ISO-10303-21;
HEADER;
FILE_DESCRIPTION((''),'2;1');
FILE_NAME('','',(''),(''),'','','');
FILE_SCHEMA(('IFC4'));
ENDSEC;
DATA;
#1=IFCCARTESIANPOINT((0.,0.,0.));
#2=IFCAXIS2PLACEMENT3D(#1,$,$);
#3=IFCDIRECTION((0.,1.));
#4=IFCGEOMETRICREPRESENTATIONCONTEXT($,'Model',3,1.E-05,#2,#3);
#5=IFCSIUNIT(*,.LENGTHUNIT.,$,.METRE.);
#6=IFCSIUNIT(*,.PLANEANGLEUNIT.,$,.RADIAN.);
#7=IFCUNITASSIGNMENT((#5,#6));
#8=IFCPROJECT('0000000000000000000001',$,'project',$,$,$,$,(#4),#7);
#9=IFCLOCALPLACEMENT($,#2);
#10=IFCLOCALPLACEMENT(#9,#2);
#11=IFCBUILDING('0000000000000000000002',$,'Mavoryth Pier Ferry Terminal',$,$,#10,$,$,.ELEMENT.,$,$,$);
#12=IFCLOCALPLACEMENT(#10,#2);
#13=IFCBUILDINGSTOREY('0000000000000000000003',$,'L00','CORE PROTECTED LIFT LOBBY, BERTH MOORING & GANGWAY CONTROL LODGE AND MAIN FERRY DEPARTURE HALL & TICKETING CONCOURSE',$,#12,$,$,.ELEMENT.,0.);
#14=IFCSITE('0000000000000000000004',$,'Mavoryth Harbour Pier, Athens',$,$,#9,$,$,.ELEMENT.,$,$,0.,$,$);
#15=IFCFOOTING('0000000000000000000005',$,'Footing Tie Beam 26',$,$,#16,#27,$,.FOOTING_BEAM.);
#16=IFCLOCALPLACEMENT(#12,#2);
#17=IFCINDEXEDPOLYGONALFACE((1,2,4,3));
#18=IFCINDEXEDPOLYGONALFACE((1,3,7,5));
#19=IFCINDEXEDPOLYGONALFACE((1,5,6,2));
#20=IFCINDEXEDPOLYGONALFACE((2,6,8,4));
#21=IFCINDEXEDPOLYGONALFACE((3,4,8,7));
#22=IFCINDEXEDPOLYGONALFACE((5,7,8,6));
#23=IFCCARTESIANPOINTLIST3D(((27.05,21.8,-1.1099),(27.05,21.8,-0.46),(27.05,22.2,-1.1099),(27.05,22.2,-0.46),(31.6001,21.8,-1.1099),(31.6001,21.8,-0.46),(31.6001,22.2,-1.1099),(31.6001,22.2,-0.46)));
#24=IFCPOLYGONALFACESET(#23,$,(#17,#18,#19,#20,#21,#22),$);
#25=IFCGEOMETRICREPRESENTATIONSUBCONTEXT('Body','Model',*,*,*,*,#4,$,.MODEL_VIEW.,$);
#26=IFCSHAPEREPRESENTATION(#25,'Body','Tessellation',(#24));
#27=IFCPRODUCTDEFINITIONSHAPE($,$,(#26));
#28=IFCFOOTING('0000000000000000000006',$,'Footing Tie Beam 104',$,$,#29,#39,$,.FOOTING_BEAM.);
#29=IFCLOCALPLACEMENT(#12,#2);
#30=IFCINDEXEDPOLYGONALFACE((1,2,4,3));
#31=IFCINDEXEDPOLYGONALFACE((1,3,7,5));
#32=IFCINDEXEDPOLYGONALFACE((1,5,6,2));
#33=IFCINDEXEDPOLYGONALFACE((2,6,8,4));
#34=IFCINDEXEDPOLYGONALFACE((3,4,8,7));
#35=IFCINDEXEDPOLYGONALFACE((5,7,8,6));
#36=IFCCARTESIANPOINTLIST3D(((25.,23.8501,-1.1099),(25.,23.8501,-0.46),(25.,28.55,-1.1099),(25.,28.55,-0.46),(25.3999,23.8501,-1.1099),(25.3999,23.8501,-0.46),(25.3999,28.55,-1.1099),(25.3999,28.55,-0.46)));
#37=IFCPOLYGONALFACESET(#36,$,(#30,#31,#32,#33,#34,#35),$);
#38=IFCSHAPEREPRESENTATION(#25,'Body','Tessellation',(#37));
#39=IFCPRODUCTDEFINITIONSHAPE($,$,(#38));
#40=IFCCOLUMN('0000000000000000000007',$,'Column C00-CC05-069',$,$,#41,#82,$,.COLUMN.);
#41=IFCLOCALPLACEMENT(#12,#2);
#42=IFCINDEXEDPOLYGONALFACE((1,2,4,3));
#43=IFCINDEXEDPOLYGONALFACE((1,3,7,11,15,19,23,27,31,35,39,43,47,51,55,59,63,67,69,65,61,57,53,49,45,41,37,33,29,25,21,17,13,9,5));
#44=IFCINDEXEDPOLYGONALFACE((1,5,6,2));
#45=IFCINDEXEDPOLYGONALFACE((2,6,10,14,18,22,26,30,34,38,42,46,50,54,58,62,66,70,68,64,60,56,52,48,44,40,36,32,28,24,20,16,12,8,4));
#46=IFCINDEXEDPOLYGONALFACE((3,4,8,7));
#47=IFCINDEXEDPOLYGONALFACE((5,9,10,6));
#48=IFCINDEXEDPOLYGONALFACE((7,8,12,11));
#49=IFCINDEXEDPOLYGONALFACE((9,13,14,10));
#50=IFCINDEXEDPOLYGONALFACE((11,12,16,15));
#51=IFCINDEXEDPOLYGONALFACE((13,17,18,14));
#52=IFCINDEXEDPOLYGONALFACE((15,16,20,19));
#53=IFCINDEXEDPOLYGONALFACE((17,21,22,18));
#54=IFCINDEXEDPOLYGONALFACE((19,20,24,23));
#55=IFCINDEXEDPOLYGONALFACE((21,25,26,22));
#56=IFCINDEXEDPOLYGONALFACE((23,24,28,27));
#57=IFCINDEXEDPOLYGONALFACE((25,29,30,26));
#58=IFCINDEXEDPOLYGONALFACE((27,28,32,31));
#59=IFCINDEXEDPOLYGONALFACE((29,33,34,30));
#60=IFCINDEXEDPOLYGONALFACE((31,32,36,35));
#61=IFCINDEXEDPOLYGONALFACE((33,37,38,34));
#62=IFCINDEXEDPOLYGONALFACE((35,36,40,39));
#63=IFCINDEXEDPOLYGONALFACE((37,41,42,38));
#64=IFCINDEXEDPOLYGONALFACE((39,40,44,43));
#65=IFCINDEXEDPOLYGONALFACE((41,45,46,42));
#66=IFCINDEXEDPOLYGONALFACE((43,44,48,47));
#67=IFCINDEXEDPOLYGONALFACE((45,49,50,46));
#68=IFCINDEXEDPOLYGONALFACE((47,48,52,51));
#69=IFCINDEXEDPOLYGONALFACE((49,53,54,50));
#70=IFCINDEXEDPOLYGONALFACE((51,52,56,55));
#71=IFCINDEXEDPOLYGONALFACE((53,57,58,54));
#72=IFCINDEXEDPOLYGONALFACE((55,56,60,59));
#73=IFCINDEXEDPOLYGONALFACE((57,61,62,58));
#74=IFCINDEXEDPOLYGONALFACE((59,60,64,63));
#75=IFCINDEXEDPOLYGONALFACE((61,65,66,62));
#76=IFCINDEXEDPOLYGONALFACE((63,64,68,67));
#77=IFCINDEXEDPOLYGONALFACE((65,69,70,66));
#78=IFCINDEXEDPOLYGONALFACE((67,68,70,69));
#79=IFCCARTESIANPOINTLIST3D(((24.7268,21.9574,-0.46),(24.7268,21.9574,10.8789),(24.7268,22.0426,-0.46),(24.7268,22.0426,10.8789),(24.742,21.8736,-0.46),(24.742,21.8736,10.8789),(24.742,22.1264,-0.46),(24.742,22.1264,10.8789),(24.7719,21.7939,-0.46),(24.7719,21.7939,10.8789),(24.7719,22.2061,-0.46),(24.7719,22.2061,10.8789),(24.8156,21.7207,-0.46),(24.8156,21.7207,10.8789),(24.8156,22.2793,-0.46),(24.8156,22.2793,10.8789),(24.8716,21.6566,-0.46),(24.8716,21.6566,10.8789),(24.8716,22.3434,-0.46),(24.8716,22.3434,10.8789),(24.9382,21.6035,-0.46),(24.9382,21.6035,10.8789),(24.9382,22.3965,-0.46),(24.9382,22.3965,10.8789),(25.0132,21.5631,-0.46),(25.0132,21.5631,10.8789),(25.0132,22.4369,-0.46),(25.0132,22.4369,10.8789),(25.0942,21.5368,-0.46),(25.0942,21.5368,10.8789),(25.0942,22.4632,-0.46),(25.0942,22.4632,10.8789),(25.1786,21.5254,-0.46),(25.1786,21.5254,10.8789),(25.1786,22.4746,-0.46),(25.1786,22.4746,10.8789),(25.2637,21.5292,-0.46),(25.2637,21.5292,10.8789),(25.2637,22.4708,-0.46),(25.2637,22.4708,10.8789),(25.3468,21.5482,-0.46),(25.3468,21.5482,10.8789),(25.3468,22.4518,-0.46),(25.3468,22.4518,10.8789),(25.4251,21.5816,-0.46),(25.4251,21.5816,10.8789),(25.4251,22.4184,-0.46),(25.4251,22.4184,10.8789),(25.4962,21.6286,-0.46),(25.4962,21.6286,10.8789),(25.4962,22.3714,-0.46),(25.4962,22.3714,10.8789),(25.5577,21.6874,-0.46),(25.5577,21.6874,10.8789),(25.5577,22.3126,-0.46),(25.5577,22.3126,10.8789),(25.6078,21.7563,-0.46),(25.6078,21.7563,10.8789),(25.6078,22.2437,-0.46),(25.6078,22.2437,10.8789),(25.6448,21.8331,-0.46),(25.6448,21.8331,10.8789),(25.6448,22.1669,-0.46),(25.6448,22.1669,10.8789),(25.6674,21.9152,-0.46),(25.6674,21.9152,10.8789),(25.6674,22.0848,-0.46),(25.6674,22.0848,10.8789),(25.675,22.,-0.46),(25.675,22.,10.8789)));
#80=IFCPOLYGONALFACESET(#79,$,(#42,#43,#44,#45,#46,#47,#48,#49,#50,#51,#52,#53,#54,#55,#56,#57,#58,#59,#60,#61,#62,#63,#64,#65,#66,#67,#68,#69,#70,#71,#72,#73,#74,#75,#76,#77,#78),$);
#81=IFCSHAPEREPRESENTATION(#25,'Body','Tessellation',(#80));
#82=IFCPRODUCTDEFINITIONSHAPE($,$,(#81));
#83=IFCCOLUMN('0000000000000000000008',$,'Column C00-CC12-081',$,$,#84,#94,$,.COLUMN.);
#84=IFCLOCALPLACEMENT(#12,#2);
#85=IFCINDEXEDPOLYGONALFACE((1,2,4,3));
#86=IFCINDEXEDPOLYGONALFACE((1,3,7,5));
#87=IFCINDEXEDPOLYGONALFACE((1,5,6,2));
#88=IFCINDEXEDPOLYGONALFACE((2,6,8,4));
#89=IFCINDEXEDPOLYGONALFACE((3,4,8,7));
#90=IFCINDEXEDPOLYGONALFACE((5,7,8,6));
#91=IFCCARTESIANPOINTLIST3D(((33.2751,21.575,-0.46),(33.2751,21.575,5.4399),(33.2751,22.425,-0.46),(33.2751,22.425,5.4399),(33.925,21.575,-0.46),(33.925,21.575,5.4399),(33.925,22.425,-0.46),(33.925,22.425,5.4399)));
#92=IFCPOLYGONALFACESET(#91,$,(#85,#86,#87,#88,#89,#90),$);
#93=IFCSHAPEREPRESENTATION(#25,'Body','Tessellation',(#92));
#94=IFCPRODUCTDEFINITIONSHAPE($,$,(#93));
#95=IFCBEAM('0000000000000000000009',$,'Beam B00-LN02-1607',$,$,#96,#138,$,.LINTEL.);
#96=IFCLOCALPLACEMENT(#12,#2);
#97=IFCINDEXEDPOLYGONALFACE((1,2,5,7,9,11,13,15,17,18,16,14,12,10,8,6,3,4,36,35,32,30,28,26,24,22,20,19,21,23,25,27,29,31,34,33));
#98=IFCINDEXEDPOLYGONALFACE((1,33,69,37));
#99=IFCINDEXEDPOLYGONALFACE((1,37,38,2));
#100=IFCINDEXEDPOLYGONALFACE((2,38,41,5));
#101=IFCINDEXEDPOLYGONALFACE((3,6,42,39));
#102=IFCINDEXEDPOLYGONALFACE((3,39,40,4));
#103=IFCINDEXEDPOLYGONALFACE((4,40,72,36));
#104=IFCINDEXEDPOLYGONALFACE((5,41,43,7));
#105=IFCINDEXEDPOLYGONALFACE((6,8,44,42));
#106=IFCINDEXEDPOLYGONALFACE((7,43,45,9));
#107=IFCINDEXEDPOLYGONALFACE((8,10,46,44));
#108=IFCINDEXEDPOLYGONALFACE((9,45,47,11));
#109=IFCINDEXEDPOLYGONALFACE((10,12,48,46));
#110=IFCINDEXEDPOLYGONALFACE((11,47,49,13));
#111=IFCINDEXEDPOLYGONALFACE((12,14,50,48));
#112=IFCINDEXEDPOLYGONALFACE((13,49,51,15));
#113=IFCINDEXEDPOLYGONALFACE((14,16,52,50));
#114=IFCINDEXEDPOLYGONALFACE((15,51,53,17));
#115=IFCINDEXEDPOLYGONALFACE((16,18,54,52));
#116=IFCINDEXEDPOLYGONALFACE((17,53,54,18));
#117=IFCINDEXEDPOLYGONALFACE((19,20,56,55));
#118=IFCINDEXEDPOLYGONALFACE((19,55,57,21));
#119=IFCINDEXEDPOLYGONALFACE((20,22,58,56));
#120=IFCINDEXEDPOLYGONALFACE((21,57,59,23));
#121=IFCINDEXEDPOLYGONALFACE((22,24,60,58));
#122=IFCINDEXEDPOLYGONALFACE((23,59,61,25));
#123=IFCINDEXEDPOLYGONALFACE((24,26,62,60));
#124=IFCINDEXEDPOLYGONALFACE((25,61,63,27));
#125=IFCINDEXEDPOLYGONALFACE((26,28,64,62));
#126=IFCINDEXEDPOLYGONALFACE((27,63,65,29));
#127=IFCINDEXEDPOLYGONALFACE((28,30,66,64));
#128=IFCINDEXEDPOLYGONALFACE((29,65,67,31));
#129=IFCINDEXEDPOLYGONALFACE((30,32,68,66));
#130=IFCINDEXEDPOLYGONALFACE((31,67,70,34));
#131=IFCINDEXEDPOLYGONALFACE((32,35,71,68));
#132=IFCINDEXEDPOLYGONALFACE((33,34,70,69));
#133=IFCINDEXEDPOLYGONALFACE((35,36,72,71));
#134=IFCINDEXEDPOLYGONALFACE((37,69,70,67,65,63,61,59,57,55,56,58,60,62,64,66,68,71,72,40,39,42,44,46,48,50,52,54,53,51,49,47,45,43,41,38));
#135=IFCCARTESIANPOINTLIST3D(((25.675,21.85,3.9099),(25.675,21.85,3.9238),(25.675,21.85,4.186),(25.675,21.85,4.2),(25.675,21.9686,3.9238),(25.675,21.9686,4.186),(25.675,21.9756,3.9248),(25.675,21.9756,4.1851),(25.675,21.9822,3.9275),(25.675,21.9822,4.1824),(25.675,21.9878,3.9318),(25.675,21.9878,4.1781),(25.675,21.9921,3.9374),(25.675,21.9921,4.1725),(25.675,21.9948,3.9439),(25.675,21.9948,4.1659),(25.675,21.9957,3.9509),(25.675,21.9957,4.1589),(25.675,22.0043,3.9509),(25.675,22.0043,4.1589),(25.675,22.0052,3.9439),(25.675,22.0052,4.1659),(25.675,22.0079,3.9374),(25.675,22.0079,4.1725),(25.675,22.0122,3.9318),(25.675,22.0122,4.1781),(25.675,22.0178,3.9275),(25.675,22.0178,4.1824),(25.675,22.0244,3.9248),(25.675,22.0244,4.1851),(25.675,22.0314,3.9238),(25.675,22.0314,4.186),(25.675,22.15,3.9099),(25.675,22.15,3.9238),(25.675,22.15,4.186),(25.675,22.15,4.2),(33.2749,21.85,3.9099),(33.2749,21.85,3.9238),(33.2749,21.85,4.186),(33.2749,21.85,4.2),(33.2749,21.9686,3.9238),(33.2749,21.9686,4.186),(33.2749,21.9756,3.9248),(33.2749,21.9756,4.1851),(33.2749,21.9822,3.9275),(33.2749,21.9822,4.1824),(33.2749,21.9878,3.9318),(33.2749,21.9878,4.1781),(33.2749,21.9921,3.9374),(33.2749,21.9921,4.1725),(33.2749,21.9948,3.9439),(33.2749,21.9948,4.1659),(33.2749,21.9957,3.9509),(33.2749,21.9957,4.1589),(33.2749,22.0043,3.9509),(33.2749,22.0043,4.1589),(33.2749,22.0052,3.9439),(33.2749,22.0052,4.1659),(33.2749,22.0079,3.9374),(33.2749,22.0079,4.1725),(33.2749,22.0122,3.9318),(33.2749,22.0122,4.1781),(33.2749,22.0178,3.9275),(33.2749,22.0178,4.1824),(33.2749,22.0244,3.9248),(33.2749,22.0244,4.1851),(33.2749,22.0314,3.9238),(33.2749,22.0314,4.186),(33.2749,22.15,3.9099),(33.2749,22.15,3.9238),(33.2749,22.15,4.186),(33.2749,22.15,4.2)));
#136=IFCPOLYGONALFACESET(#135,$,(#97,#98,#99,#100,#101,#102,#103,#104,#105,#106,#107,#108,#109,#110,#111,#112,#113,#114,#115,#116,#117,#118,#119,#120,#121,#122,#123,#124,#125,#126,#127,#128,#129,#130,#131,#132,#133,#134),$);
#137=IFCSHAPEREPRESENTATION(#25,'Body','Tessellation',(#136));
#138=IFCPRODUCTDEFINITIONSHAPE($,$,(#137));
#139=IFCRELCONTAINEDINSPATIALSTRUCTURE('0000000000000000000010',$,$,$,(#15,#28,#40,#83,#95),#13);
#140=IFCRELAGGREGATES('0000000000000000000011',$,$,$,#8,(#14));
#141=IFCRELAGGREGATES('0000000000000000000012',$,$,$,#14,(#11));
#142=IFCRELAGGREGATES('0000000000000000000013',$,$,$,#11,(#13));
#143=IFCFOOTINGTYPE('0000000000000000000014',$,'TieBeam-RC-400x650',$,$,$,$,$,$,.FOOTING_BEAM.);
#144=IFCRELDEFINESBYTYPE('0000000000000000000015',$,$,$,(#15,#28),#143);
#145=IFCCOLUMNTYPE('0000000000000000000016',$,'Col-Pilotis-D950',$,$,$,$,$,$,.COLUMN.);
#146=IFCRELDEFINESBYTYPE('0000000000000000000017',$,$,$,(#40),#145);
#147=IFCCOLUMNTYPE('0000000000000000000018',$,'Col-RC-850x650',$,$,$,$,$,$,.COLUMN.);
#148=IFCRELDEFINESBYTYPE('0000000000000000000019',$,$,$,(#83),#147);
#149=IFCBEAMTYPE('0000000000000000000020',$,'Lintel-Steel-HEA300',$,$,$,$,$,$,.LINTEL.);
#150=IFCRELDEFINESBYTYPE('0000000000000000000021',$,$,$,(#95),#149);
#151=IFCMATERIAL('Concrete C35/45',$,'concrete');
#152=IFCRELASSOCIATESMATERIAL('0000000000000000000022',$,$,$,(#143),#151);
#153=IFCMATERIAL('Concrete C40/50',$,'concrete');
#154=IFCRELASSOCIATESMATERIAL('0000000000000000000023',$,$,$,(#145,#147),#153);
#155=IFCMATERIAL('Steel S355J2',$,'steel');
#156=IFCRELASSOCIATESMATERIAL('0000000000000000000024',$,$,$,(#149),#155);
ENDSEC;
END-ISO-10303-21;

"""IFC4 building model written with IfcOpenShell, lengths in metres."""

from ifc_helpers import new_model, si_unit, direction, frame, origin, origin_2d, place, context, subcontext, project, spatial, rectangle, circle, i_section, extrude, material, material_profile, profile_set, type_object, element, save


model = new_model("IFC4")

# Units and contexts
model_context = context("Model", 3, precision=1e-05, world=origin(), true_north=direction((0.0, 1.0)))
body_context = subcontext(model_context, "Body", "Model", "MODEL_VIEW")
ifc_project = project(units=[si_unit("LENGTHUNIT", "METRE"), si_unit("PLANEANGLEUNIT", "RADIAN")], contexts=[model_context])

# Site, building, storey
site_placement = place(None, origin())
site = spatial("IfcSite", under=ifc_project, at=site_placement, Name="Mavoryth Harbour Pier, Athens", CompositionType="ELEMENT", RefElevation=0.0)
building_placement = place(site_placement, origin())
building = spatial("IfcBuilding", under=site, at=building_placement, Name="Mavoryth Pier Ferry Terminal", CompositionType="ELEMENT")
storey_placement = place(building_placement, origin())
storey = spatial("IfcBuildingStorey", under=building, at=storey_placement, Name="L00", Description="CORE PROTECTED LIFT LOBBY, BERTH MOORING & GANGWAY CONTROL LODGE AND MAIN FERRY DEPARTURE HALL & TICKETING CONCOURSE", CompositionType="ELEMENT", Elevation=0.0)

# Shared definitions
ifc_material_1 = material(Name="Concrete C35/45", Category="concrete")

# Footings
ifc_material_profile_1 = material_profile(ifc_material_1, rectangle(XDim=0.3999, YDim=0.6499, at=origin_2d()), Name="RC 400x650", Category="concrete")
ifc_profile_set_1 = profile_set([ifc_material_profile_1], Name="Concrete C35/45 - RC 400x650")
footing_type_1 = type_object("IfcFootingType", Name="TieBeam-RC-400x650", PredefinedType="FOOTING_BEAM", material=ifc_profile_set_1)
footing_1_placement = place(storey_placement, frame((27.05, 22.0, -0.7849), z_axis=(1.0, 0.0, 0.0), x_axis=(0.0, 1.0, 0.0)))
element("IfcFooting", 1, at=footing_1_placement, inside=storey, type_object=footing_type_1, Name="Footing Tie Beam 26", PredefinedType="FOOTING_BEAM", context=body_context, shape_type="SweptSolid", body=[
    extrude(rectangle(XDim=0.3999, YDim=0.6499, at=origin_2d()), origin(), (0.0, 0.0, 1.0), 4.55),
])
footing_2_placement = place(storey_placement, frame((25.2, 23.8501, -0.7849), z_axis=(0.0, 1.0, 0.0), x_axis=(-1.0, 0.0, 0.0)))
element("IfcFooting", 2, at=footing_2_placement, inside=storey, type_object=footing_type_1, Name="Footing Tie Beam 104", PredefinedType="FOOTING_BEAM", context=body_context, shape_type="SweptSolid", body=[
    extrude(rectangle(XDim=0.3999, YDim=0.6499, at=origin_2d()), origin(), (0.0, 0.0, 1.0), 4.7),
])

# Columns
ifc_material_2 = material(Name="Concrete C40/50", Category="concrete")
ifc_material_profile_2 = material_profile(ifc_material_2, circle(Radius=0.4751, at=origin_2d()), Name="RC D950", Category="concrete")
ifc_profile_set_2 = profile_set([ifc_material_profile_2], Name="Concrete C40/50 - RC D950")
column_type_1 = type_object("IfcColumnType", Name="Col-Pilotis-D950", PredefinedType="COLUMN", material=ifc_profile_set_2)
column_1_placement = place(storey_placement, frame((25.2, 22.0, -0.46), z_axis=(0.0, 0.0, 1.0), x_axis=(1.0, 0.0, 0.0)))
element("IfcColumn", 3, at=column_1_placement, inside=storey, type_object=column_type_1, Name="Column C00-CC05-069", PredefinedType="COLUMN", context=body_context, shape_type="SweptSolid", body=[
    extrude(circle(Radius=0.4751, at=origin_2d()), origin(), (0.0, 0.0, 1.0), 11.3389),
])
ifc_material_profile_3 = material_profile(ifc_material_2, rectangle(XDim=0.6499, YDim=0.8501, at=origin_2d()), Name="RC 850x650", Category="concrete")
ifc_profile_set_3 = profile_set([ifc_material_profile_3], Name="Concrete C40/50 - RC 850x650")
column_type_2 = type_object("IfcColumnType", Name="Col-RC-850x650", PredefinedType="COLUMN", material=ifc_profile_set_3)
column_2_placement = place(storey_placement, frame((33.6001, 22.0, -0.46), z_axis=(0.0, 0.0, 1.0), x_axis=(1.0, 0.0, 0.0)))
element("IfcColumn", 4, at=column_2_placement, inside=storey, type_object=column_type_2, Name="Column C00-CC12-081", PredefinedType="COLUMN", context=body_context, shape_type="SweptSolid", body=[
    extrude(rectangle(XDim=0.6499, YDim=0.8501, at=origin_2d()), origin(), (0.0, 0.0, 1.0), 5.8999),
])

# Beam
ifc_material_3 = material(Name="Steel S355J2", Category="steel")
ifc_material_profile_4 = material_profile(ifc_material_3, i_section(OverallWidth=0.3, OverallDepth=0.29, WebThickness=0.0085, FlangeThickness=0.0139, FilletRadius=0.0271, at=origin_2d()), Name="HEA 300", Category="steel")
ifc_profile_set_4 = profile_set([ifc_material_profile_4], Name="Steel S355J2 - HEA 300")
beam_type = type_object("IfcBeamType", Name="Lintel-Steel-HEA300", PredefinedType="LINTEL", material=ifc_profile_set_4)
beam_placement = place(storey_placement, frame((25.675, 22.0, 4.0549), z_axis=(1.0, 0.0, 0.0), x_axis=(0.0, 1.0, 0.0)))
element("IfcBeam", 5, at=beam_placement, inside=storey, type_object=beam_type, Name="Beam B00-LN02-1607", PredefinedType="LINTEL", context=body_context, shape_type="SweptSolid", body=[
    extrude(i_section(OverallWidth=0.3, OverallDepth=0.29, WebThickness=0.0085, FlangeThickness=0.0139, FilletRadius=0.0271, at=origin_2d()), origin(), (0.0, 0.0, 1.0), 7.5999),
])

save(model, "model.ifc")
